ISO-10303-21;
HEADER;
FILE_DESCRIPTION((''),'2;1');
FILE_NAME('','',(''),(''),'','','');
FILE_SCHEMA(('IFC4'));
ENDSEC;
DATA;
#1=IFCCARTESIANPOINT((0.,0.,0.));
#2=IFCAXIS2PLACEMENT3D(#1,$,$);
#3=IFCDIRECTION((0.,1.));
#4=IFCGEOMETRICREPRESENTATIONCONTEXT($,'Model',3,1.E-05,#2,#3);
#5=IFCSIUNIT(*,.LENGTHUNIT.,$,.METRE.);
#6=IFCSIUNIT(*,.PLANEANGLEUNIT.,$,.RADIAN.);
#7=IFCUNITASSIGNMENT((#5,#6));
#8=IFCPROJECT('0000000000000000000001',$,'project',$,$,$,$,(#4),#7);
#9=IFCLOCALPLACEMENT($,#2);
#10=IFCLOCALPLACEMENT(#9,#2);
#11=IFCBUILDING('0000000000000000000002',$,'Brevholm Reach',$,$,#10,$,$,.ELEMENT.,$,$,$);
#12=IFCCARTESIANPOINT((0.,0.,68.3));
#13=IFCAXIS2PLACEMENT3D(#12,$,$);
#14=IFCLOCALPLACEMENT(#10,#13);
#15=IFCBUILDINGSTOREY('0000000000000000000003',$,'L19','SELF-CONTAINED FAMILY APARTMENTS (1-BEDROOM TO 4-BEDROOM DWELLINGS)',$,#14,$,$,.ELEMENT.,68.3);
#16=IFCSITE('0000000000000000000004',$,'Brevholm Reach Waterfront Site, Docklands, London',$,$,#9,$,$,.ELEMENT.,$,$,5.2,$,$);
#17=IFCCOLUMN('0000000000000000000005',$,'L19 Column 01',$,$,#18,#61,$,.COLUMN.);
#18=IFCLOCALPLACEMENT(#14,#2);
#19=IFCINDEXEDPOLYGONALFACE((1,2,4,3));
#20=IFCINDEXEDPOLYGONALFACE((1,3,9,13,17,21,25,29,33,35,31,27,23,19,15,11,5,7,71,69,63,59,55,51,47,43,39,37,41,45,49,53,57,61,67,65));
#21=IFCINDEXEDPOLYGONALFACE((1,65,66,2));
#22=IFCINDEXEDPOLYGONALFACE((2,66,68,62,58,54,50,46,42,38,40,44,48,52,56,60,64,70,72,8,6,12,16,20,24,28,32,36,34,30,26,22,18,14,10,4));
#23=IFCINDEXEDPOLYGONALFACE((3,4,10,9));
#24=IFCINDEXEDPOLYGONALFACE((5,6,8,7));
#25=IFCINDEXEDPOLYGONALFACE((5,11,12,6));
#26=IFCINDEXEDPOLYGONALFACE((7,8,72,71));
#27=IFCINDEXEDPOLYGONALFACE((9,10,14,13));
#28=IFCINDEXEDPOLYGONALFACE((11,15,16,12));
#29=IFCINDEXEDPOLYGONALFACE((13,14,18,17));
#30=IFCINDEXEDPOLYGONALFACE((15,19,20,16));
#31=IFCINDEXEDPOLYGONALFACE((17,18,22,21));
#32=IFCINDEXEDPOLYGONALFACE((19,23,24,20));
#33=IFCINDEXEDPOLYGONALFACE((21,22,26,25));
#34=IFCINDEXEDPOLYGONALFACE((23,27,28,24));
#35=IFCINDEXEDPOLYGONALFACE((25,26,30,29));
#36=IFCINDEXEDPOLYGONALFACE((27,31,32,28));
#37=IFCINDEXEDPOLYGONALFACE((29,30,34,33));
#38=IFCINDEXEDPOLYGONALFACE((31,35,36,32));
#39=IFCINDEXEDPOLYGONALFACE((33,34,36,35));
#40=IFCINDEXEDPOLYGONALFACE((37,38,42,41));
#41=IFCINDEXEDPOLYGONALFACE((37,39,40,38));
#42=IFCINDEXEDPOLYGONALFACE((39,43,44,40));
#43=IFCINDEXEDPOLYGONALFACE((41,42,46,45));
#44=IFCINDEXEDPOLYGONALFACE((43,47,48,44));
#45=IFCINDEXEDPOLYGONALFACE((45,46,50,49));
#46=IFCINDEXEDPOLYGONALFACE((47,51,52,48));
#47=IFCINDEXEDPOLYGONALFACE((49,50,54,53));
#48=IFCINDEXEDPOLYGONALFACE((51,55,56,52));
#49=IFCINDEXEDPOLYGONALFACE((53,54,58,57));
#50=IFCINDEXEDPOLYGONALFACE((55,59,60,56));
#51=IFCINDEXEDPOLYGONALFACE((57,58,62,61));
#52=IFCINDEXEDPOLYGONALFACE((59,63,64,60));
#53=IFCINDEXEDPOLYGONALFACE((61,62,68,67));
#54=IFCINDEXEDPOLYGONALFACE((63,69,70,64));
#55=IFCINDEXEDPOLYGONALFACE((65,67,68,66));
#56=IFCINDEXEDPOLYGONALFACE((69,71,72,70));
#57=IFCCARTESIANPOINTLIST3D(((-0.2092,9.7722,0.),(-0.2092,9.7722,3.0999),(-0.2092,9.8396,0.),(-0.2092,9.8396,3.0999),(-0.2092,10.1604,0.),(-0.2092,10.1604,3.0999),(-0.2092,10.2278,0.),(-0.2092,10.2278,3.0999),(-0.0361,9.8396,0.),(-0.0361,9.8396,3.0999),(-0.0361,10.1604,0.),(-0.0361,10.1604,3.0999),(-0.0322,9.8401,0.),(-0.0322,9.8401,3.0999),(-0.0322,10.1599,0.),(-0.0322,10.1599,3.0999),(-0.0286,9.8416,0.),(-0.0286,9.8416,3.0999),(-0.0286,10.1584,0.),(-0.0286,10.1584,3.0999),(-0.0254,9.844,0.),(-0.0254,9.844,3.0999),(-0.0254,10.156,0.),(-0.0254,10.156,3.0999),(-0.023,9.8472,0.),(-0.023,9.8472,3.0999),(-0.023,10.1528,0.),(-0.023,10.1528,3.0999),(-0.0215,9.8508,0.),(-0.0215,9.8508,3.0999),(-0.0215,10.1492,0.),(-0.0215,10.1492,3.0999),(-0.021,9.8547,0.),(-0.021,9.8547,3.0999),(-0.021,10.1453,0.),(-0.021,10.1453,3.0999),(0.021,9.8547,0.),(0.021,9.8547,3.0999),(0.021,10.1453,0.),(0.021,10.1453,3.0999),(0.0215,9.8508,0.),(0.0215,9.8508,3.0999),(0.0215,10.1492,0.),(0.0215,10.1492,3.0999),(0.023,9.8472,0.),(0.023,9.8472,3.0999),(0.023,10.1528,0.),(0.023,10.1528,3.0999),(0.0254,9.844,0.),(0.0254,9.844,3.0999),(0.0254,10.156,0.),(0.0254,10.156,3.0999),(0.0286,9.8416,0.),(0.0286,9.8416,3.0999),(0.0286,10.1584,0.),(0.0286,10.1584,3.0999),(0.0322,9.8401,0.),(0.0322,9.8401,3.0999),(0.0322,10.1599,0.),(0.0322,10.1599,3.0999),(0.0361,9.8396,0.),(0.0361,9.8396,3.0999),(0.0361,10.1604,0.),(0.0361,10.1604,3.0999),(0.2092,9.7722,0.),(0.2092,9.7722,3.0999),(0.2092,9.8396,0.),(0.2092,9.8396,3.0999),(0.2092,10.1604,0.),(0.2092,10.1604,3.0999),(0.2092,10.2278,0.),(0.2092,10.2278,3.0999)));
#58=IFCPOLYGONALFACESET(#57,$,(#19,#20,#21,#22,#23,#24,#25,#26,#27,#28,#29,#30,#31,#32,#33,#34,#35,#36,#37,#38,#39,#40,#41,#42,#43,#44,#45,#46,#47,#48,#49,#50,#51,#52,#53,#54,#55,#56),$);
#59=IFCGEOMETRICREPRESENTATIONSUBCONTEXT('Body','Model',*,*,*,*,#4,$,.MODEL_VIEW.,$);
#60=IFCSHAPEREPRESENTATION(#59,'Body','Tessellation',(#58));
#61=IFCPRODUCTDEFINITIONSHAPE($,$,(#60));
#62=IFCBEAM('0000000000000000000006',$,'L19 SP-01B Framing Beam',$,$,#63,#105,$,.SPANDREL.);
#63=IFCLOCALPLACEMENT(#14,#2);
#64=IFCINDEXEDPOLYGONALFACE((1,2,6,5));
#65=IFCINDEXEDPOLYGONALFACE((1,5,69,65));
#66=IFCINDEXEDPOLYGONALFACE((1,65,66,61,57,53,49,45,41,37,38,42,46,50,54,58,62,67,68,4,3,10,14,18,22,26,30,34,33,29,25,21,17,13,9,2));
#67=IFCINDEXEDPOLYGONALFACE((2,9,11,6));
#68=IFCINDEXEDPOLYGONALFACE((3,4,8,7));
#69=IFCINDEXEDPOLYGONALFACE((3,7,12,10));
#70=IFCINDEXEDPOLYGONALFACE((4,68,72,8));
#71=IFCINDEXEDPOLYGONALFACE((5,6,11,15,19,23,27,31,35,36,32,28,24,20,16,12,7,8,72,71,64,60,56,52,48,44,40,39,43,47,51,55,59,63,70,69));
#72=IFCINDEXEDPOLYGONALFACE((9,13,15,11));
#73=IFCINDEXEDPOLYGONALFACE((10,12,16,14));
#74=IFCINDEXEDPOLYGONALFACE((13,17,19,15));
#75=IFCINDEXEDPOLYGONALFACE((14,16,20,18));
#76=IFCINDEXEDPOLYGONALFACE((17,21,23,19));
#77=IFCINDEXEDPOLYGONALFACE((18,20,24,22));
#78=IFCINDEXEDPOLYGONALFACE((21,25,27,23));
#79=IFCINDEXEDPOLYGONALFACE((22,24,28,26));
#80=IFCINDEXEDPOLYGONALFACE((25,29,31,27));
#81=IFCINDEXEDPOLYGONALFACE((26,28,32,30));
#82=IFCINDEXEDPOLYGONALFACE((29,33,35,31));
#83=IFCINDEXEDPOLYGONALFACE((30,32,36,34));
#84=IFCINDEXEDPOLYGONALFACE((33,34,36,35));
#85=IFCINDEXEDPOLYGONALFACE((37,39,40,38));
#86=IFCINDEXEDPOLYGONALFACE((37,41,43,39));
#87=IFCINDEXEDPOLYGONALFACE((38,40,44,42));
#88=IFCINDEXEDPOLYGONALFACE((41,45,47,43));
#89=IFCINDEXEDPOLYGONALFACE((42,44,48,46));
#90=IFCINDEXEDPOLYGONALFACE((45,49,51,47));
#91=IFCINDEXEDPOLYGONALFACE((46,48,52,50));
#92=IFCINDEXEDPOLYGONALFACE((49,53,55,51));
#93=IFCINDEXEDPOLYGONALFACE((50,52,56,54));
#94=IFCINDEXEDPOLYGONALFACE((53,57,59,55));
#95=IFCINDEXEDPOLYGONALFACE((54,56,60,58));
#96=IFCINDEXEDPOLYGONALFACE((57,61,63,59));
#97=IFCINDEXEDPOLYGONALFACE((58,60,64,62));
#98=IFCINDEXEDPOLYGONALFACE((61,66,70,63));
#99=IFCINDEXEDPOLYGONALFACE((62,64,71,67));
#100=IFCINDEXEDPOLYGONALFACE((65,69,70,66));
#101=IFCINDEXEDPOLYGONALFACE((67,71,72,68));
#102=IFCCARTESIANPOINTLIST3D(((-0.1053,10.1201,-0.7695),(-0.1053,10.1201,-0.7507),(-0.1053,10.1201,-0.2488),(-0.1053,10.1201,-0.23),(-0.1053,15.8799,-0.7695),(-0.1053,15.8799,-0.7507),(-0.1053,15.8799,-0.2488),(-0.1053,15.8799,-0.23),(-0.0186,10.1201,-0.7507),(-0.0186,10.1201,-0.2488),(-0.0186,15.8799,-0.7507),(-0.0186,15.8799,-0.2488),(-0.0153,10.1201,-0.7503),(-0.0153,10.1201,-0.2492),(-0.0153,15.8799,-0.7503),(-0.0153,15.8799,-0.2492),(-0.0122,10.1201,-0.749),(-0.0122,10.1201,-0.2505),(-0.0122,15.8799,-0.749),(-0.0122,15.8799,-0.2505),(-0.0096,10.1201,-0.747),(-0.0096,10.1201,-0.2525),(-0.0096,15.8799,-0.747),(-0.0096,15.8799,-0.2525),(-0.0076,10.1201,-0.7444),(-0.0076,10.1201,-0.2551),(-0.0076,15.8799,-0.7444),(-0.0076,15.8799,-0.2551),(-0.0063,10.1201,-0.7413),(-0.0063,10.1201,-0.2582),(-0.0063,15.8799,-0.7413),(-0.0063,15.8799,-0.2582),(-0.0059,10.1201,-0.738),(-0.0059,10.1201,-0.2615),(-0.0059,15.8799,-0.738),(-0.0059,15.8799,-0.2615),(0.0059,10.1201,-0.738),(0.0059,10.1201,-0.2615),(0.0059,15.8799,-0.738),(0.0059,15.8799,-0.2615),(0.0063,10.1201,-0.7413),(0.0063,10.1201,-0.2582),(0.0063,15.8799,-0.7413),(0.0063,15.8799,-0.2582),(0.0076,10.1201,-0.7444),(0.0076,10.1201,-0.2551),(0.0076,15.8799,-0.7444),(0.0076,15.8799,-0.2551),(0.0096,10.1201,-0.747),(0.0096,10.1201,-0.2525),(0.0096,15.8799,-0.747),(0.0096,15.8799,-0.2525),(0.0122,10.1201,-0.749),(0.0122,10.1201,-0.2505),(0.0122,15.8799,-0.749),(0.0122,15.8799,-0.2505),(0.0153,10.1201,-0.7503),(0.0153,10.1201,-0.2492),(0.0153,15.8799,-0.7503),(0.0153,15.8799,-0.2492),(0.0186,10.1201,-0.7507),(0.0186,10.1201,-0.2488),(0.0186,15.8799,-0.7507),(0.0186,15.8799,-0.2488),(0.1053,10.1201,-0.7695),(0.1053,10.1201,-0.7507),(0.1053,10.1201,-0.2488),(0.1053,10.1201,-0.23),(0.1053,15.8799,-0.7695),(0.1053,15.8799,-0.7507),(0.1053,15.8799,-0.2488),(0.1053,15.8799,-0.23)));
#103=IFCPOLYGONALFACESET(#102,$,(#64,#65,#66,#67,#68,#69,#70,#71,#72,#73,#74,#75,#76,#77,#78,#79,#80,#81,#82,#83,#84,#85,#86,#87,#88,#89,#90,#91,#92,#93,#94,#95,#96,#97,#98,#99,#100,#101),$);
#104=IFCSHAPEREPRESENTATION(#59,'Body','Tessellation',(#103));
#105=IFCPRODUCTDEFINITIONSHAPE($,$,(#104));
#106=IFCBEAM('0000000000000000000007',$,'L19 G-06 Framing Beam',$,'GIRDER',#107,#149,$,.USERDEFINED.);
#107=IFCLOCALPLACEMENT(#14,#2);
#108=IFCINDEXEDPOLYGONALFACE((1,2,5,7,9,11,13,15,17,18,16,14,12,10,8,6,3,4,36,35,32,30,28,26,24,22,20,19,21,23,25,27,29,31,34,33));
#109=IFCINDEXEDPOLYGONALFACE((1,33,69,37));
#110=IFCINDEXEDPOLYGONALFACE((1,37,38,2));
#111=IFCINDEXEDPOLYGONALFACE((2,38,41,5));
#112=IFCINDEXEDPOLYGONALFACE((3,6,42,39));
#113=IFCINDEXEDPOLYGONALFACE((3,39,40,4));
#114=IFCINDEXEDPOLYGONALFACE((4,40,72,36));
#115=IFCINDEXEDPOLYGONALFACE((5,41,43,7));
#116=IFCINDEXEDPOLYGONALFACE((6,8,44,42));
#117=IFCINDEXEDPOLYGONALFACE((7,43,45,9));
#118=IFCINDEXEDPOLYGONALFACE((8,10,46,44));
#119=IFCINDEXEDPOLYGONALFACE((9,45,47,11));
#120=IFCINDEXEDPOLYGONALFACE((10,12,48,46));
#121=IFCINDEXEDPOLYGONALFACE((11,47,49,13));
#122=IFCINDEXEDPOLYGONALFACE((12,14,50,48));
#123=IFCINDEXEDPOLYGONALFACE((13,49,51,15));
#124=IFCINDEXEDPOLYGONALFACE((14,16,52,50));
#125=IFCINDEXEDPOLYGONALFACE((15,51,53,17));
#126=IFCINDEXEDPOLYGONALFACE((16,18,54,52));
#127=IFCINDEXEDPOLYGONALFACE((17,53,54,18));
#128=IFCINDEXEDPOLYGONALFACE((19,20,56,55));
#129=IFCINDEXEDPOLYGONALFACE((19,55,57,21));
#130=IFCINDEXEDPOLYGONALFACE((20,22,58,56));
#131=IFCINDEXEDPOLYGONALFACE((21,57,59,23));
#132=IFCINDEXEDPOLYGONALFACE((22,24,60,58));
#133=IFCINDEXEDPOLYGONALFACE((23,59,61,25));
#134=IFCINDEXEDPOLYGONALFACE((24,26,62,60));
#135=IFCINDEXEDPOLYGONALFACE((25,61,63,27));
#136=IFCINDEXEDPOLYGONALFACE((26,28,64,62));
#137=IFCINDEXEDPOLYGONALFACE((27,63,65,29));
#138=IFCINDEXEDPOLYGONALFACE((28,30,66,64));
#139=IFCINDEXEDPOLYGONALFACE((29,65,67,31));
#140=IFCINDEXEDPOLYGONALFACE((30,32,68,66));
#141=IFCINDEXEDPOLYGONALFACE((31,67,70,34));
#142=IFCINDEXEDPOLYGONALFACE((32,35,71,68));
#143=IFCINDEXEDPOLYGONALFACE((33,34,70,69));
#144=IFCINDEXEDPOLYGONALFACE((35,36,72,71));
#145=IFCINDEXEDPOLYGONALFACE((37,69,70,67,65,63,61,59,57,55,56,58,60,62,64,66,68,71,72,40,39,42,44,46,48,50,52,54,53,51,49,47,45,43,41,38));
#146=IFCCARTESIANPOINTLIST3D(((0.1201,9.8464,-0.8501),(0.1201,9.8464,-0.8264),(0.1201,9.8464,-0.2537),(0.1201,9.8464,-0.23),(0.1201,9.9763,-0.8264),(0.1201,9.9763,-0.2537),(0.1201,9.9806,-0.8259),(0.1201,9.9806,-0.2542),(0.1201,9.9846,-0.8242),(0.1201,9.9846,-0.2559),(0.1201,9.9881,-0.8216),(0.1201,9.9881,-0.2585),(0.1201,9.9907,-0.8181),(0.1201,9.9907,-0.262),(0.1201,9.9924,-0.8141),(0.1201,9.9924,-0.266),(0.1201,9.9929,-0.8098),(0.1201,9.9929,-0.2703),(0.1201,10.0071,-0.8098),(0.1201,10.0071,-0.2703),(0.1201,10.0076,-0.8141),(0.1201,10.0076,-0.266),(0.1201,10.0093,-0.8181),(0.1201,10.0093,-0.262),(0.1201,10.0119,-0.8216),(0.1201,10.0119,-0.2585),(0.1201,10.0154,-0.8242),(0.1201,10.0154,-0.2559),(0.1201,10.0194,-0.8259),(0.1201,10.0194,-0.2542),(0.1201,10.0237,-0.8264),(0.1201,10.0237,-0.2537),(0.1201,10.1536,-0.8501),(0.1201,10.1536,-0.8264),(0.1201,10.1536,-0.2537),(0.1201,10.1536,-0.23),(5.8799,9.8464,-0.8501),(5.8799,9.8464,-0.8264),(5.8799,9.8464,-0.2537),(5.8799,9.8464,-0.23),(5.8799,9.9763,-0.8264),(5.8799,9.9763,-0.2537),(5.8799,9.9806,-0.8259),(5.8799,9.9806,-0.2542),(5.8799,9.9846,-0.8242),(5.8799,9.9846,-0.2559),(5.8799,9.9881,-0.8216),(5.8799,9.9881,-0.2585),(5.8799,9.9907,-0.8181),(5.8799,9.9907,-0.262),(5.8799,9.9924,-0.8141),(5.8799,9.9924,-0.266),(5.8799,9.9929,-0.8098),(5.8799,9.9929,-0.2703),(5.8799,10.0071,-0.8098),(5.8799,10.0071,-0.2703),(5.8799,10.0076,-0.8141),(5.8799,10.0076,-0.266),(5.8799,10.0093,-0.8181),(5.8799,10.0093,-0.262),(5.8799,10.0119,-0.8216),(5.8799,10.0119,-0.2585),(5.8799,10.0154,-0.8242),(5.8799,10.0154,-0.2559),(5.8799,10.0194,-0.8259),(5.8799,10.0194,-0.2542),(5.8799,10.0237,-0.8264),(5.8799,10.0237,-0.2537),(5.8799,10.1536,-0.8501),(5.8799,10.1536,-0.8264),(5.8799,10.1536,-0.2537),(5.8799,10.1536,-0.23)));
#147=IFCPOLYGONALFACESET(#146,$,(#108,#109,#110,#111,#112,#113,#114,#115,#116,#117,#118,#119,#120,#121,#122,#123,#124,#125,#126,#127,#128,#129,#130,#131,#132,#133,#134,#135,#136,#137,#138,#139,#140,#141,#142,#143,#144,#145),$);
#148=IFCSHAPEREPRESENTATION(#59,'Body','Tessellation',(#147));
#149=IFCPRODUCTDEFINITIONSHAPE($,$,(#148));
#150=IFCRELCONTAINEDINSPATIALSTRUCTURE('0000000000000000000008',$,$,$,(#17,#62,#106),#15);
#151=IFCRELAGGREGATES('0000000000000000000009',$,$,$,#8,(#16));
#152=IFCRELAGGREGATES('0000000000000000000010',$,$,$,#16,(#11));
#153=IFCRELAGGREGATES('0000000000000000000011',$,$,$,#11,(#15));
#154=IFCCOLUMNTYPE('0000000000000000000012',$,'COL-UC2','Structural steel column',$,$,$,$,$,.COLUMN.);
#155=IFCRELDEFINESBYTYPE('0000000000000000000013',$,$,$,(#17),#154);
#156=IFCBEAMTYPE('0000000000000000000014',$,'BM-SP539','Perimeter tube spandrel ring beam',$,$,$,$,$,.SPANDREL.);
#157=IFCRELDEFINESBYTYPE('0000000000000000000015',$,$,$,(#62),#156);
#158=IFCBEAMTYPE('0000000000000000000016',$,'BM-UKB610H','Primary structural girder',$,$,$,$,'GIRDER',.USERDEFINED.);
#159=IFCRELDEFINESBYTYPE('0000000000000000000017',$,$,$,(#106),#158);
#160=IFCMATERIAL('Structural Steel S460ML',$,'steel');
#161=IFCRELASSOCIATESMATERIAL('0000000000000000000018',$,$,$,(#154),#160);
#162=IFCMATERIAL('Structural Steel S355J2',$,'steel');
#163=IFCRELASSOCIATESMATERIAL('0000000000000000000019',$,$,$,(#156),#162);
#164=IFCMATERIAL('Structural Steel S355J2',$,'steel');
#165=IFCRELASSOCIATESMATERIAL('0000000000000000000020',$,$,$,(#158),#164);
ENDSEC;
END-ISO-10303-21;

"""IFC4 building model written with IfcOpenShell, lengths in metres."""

from ifc_helpers import new_model, si_unit, direction, frame, origin, origin_2d, place, context, subcontext, project, spatial, i_section, extrude, material, material_profile, profile_set, type_object, element, save


model = new_model("IFC4")

# Units and contexts
model_context = context("Model", 3, precision=1e-05, world=origin(), true_north=direction((0.0, 1.0)))
body_context = subcontext(model_context, "Body", "Model", "MODEL_VIEW")
ifc_project = project(units=[si_unit("LENGTHUNIT", "METRE"), si_unit("PLANEANGLEUNIT", "RADIAN")], contexts=[model_context])

# Site, building, storey
site_placement = place(None, origin())
site = spatial("IfcSite", under=ifc_project, at=site_placement, Name="Brevholm Reach Waterfront Site, Docklands, London", CompositionType="ELEMENT", RefElevation=5.2)
building_placement = place(site_placement, origin())
building = spatial("IfcBuilding", under=site, at=building_placement, Name="Brevholm Reach", CompositionType="ELEMENT")
storey_placement = place(building_placement, frame((0.0, 0.0, 68.3)))
storey = spatial("IfcBuildingStorey", under=building, at=storey_placement, Name="L19", Description="SELF-CONTAINED FAMILY APARTMENTS (1-BEDROOM TO 4-BEDROOM DWELLINGS)", CompositionType="ELEMENT", Elevation=68.3)

# Column
ifc_material_1 = material(Name="Structural Steel S460ML", Category="steel")
ifc_material_profile_1 = material_profile(ifc_material_1, i_section(OverallWidth=0.4185, OverallDepth=0.4556, WebThickness=0.042, FlangeThickness=0.0674, FilletRadius=0.0151, at=origin_2d()), Name="UKC 356x406x551")
ifc_profile_set_1 = profile_set([ifc_material_profile_1], Name="Structural Steel S460ML")
column_type = type_object("IfcColumnType", Name="COL-UC2", Description="Structural steel column", PredefinedType="COLUMN", material=ifc_profile_set_1)
column_placement = place(storey_placement, frame((0.0, 10.0, 0.0), z_axis=(0.0, 0.0, 1.0), x_axis=(1.0, 0.0, 0.0)))
element("IfcColumn", 1, at=column_placement, inside=storey, type_object=column_type, Name="L19 Column 01", PredefinedType="COLUMN", context=body_context, shape_type="SweptSolid", body=[
    extrude(i_section(OverallWidth=0.4185, OverallDepth=0.4556, WebThickness=0.042, FlangeThickness=0.0674, FilletRadius=0.0151, at=origin_2d()), origin(), (0.0, 0.0, 1.0), 3.0999),
])

# Beams
ifc_material_2 = material(Name="Structural Steel S355J2", Category="steel")
ifc_material_profile_2 = material_profile(ifc_material_2, i_section(OverallWidth=0.2107, OverallDepth=0.5396, WebThickness=0.0117, FlangeThickness=0.0188, FilletRadius=0.0127, at=origin_2d()), Name="UKB 533x210x109")
ifc_profile_set_2 = profile_set([ifc_material_profile_2], Name="Structural Steel S355J2")
beam_type_1 = type_object("IfcBeamType", Name="BM-SP539", Description="Perimeter tube spandrel ring beam", PredefinedType="SPANDREL", material=ifc_profile_set_2)
beam_1_placement = place(storey_placement, frame((0.0, 10.1201, -0.4998), z_axis=(0.0, 1.0, 0.0), x_axis=(-1.0, 0.0, 0.0)))
element("IfcBeam", 2, at=beam_1_placement, inside=storey, type_object=beam_type_1, Name="L19 SP-01B Framing Beam", PredefinedType="SPANDREL", context=body_context, shape_type="SweptSolid", body=[
    extrude(i_section(OverallWidth=0.2107, OverallDepth=0.5396, WebThickness=0.0117, FlangeThickness=0.0188, FilletRadius=0.0127, at=origin_2d()), origin(), (0.0, 0.0, 1.0), 5.7598),
])
ifc_material_3 = material(Name="Structural Steel S355J2", Category="steel")
ifc_material_profile_3 = material_profile(ifc_material_3, i_section(OverallWidth=0.3071, OverallDepth=0.6201, WebThickness=0.0142, FlangeThickness=0.0237, FilletRadius=0.0166, at=origin_2d()), Name="UKB 610x305x179")
ifc_profile_set_3 = profile_set([ifc_material_profile_3], Name="Structural Steel S355J2")
beam_type_2 = type_object("IfcBeamType", Name="BM-UKB610H", Description="Primary structural girder", ElementType="GIRDER", PredefinedType="USERDEFINED", material=ifc_profile_set_3)
beam_2_placement = place(storey_placement, frame((0.1201, 10.0, -0.54), z_axis=(1.0, 0.0, 0.0), x_axis=(0.0, 1.0, 0.0)))
element("IfcBeam", 3, at=beam_2_placement, inside=storey, type_object=beam_type_2, Name="L19 G-06 Framing Beam", ObjectType="GIRDER", PredefinedType="USERDEFINED", context=body_context, shape_type="SweptSolid", body=[
    extrude(i_section(OverallWidth=0.3071, OverallDepth=0.6201, WebThickness=0.0142, FlangeThickness=0.0237, FilletRadius=0.0166, at=origin_2d()), origin(), (0.0, 0.0, 1.0), 5.7598),
])

save(model, "model.ifc")
